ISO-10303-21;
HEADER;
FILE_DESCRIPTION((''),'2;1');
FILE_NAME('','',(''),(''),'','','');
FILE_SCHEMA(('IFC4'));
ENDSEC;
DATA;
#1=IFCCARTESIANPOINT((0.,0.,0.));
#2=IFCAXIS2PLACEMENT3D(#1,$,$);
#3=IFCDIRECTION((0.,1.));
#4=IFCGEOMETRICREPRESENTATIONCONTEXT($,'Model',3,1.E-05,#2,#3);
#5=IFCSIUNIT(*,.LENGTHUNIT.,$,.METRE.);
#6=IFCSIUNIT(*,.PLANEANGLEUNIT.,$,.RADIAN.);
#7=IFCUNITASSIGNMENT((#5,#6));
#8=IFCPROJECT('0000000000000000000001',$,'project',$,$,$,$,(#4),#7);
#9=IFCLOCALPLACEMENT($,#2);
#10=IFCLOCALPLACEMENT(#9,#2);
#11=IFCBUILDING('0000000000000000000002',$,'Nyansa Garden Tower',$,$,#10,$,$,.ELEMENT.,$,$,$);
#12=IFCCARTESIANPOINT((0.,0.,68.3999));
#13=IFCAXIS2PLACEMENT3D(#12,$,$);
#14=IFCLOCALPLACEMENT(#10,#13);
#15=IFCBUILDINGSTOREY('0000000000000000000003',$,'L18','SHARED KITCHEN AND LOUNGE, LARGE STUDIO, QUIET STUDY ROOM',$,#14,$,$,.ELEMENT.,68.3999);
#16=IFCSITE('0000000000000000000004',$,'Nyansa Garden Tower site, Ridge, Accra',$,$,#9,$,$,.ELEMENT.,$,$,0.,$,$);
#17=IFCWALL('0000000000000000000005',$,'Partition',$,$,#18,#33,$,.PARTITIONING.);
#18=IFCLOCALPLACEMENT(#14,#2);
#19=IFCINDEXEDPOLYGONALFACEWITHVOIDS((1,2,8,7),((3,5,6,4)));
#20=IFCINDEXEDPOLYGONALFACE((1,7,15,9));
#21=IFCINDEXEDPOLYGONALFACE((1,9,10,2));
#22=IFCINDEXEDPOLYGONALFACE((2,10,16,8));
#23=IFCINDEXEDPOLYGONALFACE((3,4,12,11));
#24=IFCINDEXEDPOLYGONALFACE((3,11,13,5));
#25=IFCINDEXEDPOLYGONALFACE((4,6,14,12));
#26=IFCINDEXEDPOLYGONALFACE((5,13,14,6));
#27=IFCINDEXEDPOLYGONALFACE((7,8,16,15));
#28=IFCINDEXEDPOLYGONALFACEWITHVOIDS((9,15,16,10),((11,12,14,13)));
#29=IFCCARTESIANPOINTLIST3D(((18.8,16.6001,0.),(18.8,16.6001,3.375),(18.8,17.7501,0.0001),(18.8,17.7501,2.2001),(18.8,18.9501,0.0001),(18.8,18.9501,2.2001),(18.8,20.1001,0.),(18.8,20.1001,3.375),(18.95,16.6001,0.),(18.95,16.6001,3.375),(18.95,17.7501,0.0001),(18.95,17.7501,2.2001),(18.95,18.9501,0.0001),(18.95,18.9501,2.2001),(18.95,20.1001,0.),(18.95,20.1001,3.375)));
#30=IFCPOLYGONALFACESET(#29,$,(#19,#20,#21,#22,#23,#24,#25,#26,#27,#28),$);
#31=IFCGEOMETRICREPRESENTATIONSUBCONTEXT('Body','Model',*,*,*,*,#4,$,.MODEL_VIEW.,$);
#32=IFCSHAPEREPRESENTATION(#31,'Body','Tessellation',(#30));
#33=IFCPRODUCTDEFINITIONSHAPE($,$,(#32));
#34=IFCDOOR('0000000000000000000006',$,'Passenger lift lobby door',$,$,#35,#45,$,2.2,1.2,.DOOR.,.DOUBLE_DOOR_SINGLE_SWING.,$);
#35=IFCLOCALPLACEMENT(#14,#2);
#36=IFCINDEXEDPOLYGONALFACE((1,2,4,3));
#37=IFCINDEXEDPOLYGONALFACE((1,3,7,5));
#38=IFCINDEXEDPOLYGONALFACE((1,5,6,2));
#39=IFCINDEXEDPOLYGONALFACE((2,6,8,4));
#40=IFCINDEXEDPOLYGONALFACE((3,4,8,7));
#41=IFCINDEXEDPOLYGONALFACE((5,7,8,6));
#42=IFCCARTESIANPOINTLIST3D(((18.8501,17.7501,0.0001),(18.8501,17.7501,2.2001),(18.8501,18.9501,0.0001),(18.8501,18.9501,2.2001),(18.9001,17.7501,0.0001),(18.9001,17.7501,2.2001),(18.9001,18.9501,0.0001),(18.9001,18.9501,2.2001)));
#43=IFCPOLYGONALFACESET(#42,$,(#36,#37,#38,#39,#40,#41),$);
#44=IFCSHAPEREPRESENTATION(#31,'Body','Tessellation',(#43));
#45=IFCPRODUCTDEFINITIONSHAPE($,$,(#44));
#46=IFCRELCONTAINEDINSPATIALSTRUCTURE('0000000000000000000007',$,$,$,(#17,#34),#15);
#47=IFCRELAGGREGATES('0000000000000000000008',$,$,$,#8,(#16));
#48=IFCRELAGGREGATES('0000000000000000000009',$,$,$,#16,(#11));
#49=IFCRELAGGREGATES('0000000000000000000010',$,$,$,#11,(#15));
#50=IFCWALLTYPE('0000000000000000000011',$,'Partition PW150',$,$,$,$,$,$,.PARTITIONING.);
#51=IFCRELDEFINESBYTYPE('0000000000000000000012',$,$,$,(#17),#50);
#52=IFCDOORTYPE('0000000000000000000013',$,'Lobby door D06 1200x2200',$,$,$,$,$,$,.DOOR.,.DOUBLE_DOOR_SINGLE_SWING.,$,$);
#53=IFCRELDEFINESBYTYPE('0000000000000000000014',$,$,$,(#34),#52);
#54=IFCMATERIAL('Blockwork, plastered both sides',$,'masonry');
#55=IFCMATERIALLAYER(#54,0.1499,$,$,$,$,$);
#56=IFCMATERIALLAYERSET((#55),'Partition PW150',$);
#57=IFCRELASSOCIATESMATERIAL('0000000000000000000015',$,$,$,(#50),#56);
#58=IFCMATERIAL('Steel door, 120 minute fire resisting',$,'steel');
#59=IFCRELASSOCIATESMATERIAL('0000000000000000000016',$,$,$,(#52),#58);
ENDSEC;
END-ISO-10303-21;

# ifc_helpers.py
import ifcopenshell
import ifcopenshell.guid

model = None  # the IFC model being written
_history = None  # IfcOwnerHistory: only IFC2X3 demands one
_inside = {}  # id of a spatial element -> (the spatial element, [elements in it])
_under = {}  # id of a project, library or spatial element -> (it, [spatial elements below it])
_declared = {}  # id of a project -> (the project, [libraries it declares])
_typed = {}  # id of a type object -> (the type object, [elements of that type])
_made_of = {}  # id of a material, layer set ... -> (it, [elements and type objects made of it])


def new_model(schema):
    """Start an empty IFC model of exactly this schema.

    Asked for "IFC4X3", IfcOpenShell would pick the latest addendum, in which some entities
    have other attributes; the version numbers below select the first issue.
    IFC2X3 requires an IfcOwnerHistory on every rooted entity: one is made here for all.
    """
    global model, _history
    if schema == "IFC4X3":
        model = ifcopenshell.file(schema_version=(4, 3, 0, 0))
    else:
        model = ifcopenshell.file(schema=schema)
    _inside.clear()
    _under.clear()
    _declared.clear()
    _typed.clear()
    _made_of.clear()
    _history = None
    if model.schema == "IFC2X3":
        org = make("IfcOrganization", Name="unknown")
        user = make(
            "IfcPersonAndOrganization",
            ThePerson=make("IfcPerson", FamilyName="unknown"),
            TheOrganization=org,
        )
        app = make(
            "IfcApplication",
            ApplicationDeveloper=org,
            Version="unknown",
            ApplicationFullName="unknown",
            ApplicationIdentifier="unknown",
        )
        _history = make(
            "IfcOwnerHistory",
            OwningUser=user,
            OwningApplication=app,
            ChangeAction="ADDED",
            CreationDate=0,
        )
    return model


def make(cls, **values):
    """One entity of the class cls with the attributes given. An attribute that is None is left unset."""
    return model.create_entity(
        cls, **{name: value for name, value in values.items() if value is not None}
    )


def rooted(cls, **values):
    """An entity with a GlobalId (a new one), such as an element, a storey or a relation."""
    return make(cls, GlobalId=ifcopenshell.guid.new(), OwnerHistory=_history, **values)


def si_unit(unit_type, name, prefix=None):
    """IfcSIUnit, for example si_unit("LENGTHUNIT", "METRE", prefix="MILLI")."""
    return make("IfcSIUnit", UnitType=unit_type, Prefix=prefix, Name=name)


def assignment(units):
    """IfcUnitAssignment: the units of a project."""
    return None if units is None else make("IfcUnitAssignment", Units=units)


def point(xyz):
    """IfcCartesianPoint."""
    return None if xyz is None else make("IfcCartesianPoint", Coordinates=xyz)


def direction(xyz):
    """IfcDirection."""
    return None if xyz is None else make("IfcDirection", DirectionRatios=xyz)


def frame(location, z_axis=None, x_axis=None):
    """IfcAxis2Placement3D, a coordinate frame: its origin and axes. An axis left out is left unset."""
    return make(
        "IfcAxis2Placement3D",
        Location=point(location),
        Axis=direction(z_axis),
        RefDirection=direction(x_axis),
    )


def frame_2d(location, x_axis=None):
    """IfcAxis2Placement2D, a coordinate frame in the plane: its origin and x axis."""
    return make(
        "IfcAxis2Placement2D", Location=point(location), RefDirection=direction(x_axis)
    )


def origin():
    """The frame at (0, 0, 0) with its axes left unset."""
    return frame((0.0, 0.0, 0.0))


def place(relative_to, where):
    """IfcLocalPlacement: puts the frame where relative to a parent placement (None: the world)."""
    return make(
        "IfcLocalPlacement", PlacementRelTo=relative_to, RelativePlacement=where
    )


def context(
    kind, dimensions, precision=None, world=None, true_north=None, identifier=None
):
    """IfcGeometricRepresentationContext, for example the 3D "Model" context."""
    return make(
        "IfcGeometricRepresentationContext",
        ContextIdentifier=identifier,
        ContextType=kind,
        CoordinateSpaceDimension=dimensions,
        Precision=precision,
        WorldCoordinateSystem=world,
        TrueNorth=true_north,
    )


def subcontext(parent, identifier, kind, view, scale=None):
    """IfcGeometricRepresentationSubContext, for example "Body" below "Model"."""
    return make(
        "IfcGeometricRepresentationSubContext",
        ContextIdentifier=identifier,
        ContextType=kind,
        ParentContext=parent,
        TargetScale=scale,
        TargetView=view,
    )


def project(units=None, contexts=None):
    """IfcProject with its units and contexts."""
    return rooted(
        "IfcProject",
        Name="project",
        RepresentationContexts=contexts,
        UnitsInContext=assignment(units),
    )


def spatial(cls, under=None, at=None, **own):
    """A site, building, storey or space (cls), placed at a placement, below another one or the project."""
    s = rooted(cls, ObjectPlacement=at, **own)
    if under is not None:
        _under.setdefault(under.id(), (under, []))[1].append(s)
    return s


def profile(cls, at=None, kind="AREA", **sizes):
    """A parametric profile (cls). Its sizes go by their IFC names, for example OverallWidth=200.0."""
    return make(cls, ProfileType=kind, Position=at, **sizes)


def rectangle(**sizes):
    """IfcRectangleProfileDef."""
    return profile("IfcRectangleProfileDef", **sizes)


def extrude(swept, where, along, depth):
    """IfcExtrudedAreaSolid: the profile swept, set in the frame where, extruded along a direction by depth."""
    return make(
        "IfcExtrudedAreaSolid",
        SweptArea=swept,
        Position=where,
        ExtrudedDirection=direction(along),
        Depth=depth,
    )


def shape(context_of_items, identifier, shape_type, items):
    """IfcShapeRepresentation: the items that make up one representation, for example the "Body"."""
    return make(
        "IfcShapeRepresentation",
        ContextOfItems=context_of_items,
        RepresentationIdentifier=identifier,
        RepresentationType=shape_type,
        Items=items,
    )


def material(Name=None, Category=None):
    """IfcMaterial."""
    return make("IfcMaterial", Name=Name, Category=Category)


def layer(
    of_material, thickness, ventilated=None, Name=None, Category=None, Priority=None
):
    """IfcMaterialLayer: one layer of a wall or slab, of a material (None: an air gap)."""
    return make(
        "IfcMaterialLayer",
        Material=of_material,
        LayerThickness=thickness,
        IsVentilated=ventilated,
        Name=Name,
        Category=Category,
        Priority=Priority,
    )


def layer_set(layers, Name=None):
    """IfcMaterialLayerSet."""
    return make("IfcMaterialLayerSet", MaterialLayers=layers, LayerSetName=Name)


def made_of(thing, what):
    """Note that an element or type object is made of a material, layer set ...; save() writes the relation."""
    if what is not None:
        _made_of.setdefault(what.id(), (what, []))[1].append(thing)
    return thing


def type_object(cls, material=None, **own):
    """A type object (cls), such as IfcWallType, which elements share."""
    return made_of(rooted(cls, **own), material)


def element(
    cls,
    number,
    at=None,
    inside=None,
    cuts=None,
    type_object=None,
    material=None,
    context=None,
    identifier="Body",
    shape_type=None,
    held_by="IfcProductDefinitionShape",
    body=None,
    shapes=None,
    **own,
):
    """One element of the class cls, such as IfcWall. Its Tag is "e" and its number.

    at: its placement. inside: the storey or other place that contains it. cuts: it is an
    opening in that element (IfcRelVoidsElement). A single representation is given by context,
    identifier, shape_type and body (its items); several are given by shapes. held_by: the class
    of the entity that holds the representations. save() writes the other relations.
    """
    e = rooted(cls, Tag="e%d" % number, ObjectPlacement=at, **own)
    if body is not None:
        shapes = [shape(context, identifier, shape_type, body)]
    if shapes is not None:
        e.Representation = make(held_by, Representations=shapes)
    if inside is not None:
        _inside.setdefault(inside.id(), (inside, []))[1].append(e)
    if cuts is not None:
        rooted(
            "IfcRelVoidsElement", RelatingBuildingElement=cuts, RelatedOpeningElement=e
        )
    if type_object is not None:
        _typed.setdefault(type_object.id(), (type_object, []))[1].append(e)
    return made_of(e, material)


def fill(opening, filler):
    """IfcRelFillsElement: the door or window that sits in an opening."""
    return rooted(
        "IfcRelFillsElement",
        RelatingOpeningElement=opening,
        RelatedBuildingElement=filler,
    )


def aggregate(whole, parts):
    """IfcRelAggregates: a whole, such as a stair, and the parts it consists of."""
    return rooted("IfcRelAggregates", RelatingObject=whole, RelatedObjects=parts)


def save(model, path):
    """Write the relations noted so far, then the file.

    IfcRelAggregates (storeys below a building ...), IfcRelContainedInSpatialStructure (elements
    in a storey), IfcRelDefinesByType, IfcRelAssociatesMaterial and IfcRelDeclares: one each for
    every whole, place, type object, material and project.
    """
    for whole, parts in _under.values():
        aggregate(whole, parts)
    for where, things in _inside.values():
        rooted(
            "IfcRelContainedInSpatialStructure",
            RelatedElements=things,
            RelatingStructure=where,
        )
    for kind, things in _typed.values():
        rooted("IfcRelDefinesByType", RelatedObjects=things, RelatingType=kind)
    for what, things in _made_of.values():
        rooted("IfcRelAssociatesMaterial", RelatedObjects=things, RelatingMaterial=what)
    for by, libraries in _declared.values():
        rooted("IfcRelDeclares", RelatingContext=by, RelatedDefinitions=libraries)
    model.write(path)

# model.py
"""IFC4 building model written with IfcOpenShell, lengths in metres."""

from ifc_helpers import new_model, si_unit, direction, frame, frame_2d, origin, place, context, subcontext, project, spatial, rectangle, extrude, material, layer, layer_set, type_object, element, fill, save


model = new_model("IFC4")

# Units and contexts
model_context = context("Model", 3, precision=1e-05, world=origin(), true_north=direction((0.0, 1.0)))
body_context = subcontext(model_context, "Body", "Model", "MODEL_VIEW")
ifc_project = project(units=[si_unit("LENGTHUNIT", "METRE"), si_unit("PLANEANGLEUNIT", "RADIAN")], contexts=[model_context])

# Site, building, storey
site_placement = place(None, origin())
site = spatial("IfcSite", under=ifc_project, at=site_placement, Name="Nyansa Garden Tower site, Ridge, Accra", CompositionType="ELEMENT", RefElevation=0.0)
building_placement = place(site_placement, origin())
building = spatial("IfcBuilding", under=site, at=building_placement, Name="Nyansa Garden Tower", CompositionType="ELEMENT")
storey_placement = place(building_placement, frame((0.0, 0.0, 68.3999)))
storey = spatial("IfcBuildingStorey", under=building, at=storey_placement, Name="L18", Description="SHARED KITCHEN AND LOUNGE, LARGE STUDIO, QUIET STUDY ROOM", CompositionType="ELEMENT", Elevation=68.3999)

# Wall, opening, door
ifc_material_1 = material(Name="Blockwork, plastered both sides", Category="masonry")
ifc_layer_1 = layer(ifc_material_1, 0.1499)
ifc_layer_set_1 = layer_set([ifc_layer_1], Name="Partition PW150")
wall_type_1 = type_object("IfcWallType", Name="Partition PW150", PredefinedType="PARTITIONING", material=ifc_layer_set_1)
wall_1_placement = place(storey_placement, frame((18.875, 16.6001, 0.0), z_axis=(0.0, 0.0, 1.0), x_axis=(0.0, 1.0, 0.0)))
wall_1 = element("IfcWall", 1, at=wall_1_placement, inside=storey, type_object=wall_type_1, Name="Partition", PredefinedType="PARTITIONING", context=body_context, shape_type="SweptSolid", body=[
    extrude(rectangle(XDim=3.5, YDim=0.1499, at=frame_2d((1.75, 0.0))), origin(), (0.0, 0.0, 1.0), 3.375),
])
opening_1_placement = place(wall_1_placement, frame((1.1499, 0.0, 0.0)))
opening_1 = element("IfcOpeningElement", 2, at=opening_1_placement, cuts=wall_1, PredefinedType="OPENING", context=body_context, shape_type="SweptSolid", body=[
    extrude(rectangle(XDim=1.2, YDim=2.2, at=frame_2d((0.6001, 1.1001))), frame((0.0, 0.085, 0.0), z_axis=(0.0, -1.0, 0.0), x_axis=(1.0, 0.0, 0.0)), (0.0, 0.0, 1.0), 0.1699),
])
ifc_material_2 = material(Name="Steel door, 120 minute fire resisting", Category="steel")
door_type_1 = type_object("IfcDoorType", Name="Lobby door D06 1200x2200", OperationType="DOUBLE_DOOR_SINGLE_SWING", PredefinedType="DOOR", material=ifc_material_2)
door_1_placement = place(opening_1_placement, origin())
door_1 = element("IfcDoor", 3, at=door_1_placement, inside=storey, type_object=door_type_1, Name="Passenger lift lobby door", OperationType="DOUBLE_DOOR_SINGLE_SWING", OverallHeight=2.2, OverallWidth=1.2, PredefinedType="DOOR", context=body_context, shape_type="SweptSolid", body=[
    extrude(rectangle(XDim=1.2, YDim=2.2, at=frame_2d((0.6001, 1.1001))), frame((0.0, 0.0249, 0.0), z_axis=(0.0, -1.0, 0.0), x_axis=(1.0, 0.0, 0.0)), (0.0, 0.0, 1.0), 0.05),
])
fill(opening_1, door_1)

save(model, "model.ifc")
